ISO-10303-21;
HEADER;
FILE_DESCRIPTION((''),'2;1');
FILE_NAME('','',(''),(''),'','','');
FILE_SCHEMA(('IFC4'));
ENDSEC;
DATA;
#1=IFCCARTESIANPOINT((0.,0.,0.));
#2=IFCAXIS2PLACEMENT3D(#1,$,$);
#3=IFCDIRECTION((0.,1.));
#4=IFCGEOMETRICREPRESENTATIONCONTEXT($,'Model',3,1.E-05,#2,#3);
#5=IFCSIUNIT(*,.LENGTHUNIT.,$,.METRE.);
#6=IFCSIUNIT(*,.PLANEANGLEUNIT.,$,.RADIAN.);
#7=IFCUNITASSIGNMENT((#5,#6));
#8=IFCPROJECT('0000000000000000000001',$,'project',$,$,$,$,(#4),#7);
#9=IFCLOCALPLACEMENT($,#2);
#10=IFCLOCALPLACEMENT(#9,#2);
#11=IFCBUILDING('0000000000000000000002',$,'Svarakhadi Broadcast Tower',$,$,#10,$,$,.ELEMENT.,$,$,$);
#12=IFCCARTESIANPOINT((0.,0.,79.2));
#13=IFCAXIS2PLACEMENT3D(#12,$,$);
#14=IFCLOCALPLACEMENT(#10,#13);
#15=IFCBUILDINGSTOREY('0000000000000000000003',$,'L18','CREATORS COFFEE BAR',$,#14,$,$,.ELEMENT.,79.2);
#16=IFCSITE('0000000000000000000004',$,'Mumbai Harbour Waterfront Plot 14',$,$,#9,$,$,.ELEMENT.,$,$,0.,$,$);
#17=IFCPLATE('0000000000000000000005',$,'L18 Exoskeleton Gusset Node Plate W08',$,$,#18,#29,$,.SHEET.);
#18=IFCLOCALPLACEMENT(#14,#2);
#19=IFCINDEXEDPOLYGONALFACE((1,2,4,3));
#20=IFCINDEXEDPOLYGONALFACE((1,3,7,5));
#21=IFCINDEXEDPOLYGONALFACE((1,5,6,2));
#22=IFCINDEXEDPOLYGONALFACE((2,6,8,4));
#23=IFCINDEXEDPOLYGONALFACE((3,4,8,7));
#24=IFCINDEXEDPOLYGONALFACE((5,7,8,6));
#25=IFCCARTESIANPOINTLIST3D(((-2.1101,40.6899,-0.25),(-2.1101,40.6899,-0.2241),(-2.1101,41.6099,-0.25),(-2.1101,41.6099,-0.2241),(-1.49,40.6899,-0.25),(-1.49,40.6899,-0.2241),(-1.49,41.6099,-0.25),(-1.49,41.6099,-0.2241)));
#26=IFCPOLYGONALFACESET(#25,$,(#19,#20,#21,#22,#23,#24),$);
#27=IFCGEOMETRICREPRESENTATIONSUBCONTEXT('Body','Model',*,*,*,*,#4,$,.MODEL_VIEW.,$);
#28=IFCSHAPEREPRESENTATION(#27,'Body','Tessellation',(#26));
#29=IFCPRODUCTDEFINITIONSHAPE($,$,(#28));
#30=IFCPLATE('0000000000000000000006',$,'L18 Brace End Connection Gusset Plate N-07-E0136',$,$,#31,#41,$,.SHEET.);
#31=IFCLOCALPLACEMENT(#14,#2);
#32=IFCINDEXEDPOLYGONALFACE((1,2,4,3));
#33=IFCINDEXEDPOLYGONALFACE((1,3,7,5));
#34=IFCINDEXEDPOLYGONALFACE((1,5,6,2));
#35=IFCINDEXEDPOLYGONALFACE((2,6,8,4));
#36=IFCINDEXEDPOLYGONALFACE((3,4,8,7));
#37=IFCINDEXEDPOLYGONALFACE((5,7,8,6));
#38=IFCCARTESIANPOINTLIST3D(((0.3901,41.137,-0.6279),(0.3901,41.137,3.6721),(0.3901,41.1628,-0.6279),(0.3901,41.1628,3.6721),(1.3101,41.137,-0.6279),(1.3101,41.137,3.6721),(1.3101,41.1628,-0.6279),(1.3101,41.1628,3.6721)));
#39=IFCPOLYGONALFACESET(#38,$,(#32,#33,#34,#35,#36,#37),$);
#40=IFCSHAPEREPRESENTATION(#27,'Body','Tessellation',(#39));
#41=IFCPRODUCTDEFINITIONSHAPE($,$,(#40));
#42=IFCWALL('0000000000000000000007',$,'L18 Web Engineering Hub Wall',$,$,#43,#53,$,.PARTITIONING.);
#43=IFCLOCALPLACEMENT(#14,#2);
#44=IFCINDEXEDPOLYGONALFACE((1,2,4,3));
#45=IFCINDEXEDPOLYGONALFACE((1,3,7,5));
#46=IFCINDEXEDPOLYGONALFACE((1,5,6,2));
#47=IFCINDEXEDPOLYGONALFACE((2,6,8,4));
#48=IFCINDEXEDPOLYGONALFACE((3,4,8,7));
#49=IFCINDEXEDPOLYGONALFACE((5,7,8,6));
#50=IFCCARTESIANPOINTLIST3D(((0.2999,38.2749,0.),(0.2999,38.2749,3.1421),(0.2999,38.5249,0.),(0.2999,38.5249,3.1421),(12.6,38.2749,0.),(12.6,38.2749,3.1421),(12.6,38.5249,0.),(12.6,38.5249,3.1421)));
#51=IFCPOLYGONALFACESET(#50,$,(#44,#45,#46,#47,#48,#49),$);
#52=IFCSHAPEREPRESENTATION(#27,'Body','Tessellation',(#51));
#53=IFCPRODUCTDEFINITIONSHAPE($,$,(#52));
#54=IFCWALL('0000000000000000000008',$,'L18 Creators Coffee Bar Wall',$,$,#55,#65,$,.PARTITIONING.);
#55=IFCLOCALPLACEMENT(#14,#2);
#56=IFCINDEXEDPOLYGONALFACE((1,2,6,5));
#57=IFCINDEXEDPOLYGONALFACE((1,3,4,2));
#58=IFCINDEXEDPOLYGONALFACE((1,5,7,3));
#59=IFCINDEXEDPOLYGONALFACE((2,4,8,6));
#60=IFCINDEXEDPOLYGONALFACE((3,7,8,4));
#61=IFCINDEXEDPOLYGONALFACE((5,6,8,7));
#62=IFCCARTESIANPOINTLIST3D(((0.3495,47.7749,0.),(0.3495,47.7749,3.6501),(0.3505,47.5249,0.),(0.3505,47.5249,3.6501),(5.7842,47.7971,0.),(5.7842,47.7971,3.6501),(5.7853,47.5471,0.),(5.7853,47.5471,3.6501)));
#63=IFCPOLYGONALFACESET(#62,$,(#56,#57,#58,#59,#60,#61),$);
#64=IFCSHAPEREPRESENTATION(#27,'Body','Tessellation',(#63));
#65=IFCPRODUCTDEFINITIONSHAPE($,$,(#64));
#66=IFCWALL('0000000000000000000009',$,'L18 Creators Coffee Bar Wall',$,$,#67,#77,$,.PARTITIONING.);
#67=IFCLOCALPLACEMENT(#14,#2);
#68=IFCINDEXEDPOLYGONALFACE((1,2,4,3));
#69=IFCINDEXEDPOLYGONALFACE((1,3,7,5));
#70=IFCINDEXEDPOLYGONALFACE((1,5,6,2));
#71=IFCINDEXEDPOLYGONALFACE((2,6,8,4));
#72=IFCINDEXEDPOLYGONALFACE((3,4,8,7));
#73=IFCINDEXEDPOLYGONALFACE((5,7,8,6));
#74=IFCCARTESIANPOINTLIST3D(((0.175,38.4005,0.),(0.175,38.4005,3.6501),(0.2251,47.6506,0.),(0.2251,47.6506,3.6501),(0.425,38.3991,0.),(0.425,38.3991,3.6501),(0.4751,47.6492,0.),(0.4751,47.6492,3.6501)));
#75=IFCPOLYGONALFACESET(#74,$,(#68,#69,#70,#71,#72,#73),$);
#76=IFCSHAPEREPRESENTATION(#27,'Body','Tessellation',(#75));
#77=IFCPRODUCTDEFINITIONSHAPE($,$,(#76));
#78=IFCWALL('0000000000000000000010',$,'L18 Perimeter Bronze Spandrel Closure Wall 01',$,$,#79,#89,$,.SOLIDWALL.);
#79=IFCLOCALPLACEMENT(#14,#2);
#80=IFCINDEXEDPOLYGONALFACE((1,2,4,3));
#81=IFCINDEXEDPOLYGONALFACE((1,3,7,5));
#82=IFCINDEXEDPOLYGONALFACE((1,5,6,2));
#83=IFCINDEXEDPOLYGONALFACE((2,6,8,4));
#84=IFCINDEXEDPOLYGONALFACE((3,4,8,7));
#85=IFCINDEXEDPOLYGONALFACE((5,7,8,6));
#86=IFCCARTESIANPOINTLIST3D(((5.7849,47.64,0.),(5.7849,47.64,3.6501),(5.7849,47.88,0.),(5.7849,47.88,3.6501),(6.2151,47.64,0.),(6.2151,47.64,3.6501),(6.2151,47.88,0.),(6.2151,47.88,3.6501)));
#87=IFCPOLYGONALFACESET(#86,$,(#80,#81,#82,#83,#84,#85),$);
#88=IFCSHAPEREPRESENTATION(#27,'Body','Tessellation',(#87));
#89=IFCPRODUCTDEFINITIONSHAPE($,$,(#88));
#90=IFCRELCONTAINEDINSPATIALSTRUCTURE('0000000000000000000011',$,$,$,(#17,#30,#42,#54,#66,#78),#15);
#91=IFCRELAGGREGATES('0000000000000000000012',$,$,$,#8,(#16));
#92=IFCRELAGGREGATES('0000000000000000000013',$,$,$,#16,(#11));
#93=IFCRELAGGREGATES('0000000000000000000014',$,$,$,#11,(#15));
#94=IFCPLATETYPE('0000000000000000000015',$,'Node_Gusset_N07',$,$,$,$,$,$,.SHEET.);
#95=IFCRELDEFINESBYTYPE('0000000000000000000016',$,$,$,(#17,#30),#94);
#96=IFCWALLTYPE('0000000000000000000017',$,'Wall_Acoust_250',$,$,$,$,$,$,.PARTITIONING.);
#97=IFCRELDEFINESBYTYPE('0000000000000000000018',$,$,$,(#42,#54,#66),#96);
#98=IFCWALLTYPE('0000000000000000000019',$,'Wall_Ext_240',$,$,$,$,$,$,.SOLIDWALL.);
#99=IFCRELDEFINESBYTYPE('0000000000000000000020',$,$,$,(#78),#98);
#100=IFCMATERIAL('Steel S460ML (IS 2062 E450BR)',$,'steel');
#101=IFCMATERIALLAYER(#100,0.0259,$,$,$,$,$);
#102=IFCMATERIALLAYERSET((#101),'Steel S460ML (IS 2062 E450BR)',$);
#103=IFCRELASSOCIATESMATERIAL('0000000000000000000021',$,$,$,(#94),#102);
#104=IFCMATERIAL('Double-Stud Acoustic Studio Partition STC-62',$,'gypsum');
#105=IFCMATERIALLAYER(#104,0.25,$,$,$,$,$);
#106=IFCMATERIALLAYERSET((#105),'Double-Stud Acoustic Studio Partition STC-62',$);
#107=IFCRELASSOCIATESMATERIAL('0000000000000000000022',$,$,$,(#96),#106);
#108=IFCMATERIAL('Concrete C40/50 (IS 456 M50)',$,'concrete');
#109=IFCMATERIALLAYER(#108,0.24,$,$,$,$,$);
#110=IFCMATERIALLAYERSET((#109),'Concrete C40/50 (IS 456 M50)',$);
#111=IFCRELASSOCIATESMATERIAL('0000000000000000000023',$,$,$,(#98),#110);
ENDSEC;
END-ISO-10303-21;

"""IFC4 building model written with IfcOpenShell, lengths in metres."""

from ifc_helpers import new_model, si_unit, direction, frame, frame_2d, origin, origin_2d, place, context, subcontext, project, spatial, rectangle, extrude, material, layer, layer_set, type_object, element, save


model = new_model("IFC4")

# Units and contexts
model_context = context("Model", 3, precision=1e-05, world=origin(), true_north=direction((0.0, 1.0)))
body_context = subcontext(model_context, "Body", "Model", "MODEL_VIEW")
ifc_project = project(units=[si_unit("LENGTHUNIT", "METRE"), si_unit("PLANEANGLEUNIT", "RADIAN")], contexts=[model_context])

# Site, building, storey
site_placement = place(None, origin())
site = spatial("IfcSite", under=ifc_project, at=site_placement, Name="Mumbai Harbour Waterfront Plot 14", CompositionType="ELEMENT", RefElevation=0.0)
building_placement = place(site_placement, origin())
building = spatial("IfcBuilding", under=site, at=building_placement, Name="Svarakhadi Broadcast Tower", CompositionType="ELEMENT")
storey_placement = place(building_placement, frame((0.0, 0.0, 79.2)))
storey = spatial("IfcBuildingStorey", under=building, at=storey_placement, Name="L18", Description="CREATORS COFFEE BAR", CompositionType="ELEMENT", Elevation=79.2)

# Shared definitions
ifc_material_1 = material(Name="Steel S460ML (IS 2062 E450BR)", Category="steel")

# Plates
ifc_layer_1 = layer(ifc_material_1, 0.0259)
ifc_layer_set_1 = layer_set([ifc_layer_1], Name="Steel S460ML (IS 2062 E450BR)")
plate_type_1 = type_object("IfcPlateType", Name="Node_Gusset_N07", PredefinedType="SHEET", material=ifc_layer_set_1)
plate_1_placement = place(storey_placement, frame((-1.8, 41.1499, -0.25), z_axis=(0.0, 0.0, 1.0), x_axis=(0.0, 1.0, 0.0)))
element("IfcPlate", 1, at=plate_1_placement, inside=storey, type_object=plate_type_1, Name="L18 Exoskeleton Gusset Node Plate W08", PredefinedType="SHEET", context=body_context, shape_type="SweptSolid", body=[
    extrude(rectangle(XDim=0.9199, YDim=0.6201, at=origin_2d()), origin(), (0.0, 0.0, 1.0), 0.0259),
])
plate_2_placement = place(storey_placement, frame((0.8501, 41.1499, -0.6279), z_axis=(0.0, 0.0, 1.0), x_axis=(1.0, 0.0, 0.0)))
element("IfcPlate", 2, at=plate_2_placement, inside=storey, type_object=plate_type_1, Name="L18 Brace End Connection Gusset Plate N-07-E0136", PredefinedType="SHEET", context=body_context, shape_type="SweptSolid", body=[
    extrude(rectangle(XDim=0.9199, YDim=0.0259, at=origin_2d()), origin(), (0.0, 0.0, 1.0), 4.3),
])

# Walls
ifc_material_2 = material(Name="Double-Stud Acoustic Studio Partition STC-62", Category="gypsum")
ifc_layer_2 = layer(ifc_material_2, 0.25)
ifc_layer_set_2 = layer_set([ifc_layer_2], Name="Double-Stud Acoustic Studio Partition STC-62")
wall_type_1 = type_object("IfcWallType", Name="Wall_Acoust_250", PredefinedType="PARTITIONING", material=ifc_layer_set_2)
wall_1_placement = place(storey_placement, frame((0.3, 38.3999, 0.0), z_axis=(0.0, 0.0, 1.0), x_axis=(1.0, 0.0, 0.0)))
element("IfcWall", 3, at=wall_1_placement, inside=storey, type_object=wall_type_1, Name="L18 Web Engineering Hub Wall", PredefinedType="PARTITIONING", context=body_context, shape_type="SweptSolid", body=[
    extrude(rectangle(XDim=12.3, YDim=0.25, at=frame_2d((6.1499, 0.0))), origin(), (0.0, 0.0, 1.0), 3.1421),
])
wall_2_placement = place(storey_placement, frame((0.3501, 47.6499, 0.0), z_axis=(0.0, 0.0, 1.0), x_axis=(0.999992, 0.004088, 0.0)))
element("IfcWall", 4, at=wall_2_placement, inside=storey, type_object=wall_type_1, Name="L18 Creators Coffee Bar Wall", PredefinedType="PARTITIONING", context=body_context, shape_type="SweptSolid", body=[
    extrude(rectangle(XDim=5.4348, YDim=0.25, at=frame_2d((2.7173, 0.0))), origin(), (0.0, 0.0, 1.0), 3.6501),
])
wall_3_placement = place(storey_placement, frame((0.3, 38.3999, 0.0), z_axis=(0.0, 0.0, 1.0), x_axis=(0.005411, 0.999985, 0.0)))
element("IfcWall", 5, at=wall_3_placement, inside=storey, type_object=wall_type_1, Name="L18 Creators Coffee Bar Wall", PredefinedType="PARTITIONING", context=body_context, shape_type="SweptSolid", body=[
    extrude(rectangle(XDim=9.2502, YDim=0.25, at=frame_2d((4.625, 0.0))), origin(), (0.0, 0.0, 1.0), 3.6501),
])
ifc_material_3 = material(Name="Concrete C40/50 (IS 456 M50)", Category="concrete")
ifc_layer_3 = layer(ifc_material_3, 0.24)
ifc_layer_set_3 = layer_set([ifc_layer_3], Name="Concrete C40/50 (IS 456 M50)")
wall_type_2 = type_object("IfcWallType", Name="Wall_Ext_240", PredefinedType="SOLIDWALL", material=ifc_layer_set_3)
wall_4_placement = place(storey_placement, frame((5.7849, 47.76, 0.0), z_axis=(0.0, 0.0, 1.0), x_axis=(1.0, 0.0, 0.0)))
element("IfcWall", 6, at=wall_4_placement, inside=storey, type_object=wall_type_2, Name="L18 Perimeter Bronze Spandrel Closure Wall 01", PredefinedType="SOLIDWALL", context=body_context, shape_type="SweptSolid", body=[
    extrude(rectangle(XDim=0.4302, YDim=0.24, at=frame_2d((0.2151, 0.0))), origin(), (0.0, 0.0, 1.0), 3.6501),
])

save(model, "model.ifc")
